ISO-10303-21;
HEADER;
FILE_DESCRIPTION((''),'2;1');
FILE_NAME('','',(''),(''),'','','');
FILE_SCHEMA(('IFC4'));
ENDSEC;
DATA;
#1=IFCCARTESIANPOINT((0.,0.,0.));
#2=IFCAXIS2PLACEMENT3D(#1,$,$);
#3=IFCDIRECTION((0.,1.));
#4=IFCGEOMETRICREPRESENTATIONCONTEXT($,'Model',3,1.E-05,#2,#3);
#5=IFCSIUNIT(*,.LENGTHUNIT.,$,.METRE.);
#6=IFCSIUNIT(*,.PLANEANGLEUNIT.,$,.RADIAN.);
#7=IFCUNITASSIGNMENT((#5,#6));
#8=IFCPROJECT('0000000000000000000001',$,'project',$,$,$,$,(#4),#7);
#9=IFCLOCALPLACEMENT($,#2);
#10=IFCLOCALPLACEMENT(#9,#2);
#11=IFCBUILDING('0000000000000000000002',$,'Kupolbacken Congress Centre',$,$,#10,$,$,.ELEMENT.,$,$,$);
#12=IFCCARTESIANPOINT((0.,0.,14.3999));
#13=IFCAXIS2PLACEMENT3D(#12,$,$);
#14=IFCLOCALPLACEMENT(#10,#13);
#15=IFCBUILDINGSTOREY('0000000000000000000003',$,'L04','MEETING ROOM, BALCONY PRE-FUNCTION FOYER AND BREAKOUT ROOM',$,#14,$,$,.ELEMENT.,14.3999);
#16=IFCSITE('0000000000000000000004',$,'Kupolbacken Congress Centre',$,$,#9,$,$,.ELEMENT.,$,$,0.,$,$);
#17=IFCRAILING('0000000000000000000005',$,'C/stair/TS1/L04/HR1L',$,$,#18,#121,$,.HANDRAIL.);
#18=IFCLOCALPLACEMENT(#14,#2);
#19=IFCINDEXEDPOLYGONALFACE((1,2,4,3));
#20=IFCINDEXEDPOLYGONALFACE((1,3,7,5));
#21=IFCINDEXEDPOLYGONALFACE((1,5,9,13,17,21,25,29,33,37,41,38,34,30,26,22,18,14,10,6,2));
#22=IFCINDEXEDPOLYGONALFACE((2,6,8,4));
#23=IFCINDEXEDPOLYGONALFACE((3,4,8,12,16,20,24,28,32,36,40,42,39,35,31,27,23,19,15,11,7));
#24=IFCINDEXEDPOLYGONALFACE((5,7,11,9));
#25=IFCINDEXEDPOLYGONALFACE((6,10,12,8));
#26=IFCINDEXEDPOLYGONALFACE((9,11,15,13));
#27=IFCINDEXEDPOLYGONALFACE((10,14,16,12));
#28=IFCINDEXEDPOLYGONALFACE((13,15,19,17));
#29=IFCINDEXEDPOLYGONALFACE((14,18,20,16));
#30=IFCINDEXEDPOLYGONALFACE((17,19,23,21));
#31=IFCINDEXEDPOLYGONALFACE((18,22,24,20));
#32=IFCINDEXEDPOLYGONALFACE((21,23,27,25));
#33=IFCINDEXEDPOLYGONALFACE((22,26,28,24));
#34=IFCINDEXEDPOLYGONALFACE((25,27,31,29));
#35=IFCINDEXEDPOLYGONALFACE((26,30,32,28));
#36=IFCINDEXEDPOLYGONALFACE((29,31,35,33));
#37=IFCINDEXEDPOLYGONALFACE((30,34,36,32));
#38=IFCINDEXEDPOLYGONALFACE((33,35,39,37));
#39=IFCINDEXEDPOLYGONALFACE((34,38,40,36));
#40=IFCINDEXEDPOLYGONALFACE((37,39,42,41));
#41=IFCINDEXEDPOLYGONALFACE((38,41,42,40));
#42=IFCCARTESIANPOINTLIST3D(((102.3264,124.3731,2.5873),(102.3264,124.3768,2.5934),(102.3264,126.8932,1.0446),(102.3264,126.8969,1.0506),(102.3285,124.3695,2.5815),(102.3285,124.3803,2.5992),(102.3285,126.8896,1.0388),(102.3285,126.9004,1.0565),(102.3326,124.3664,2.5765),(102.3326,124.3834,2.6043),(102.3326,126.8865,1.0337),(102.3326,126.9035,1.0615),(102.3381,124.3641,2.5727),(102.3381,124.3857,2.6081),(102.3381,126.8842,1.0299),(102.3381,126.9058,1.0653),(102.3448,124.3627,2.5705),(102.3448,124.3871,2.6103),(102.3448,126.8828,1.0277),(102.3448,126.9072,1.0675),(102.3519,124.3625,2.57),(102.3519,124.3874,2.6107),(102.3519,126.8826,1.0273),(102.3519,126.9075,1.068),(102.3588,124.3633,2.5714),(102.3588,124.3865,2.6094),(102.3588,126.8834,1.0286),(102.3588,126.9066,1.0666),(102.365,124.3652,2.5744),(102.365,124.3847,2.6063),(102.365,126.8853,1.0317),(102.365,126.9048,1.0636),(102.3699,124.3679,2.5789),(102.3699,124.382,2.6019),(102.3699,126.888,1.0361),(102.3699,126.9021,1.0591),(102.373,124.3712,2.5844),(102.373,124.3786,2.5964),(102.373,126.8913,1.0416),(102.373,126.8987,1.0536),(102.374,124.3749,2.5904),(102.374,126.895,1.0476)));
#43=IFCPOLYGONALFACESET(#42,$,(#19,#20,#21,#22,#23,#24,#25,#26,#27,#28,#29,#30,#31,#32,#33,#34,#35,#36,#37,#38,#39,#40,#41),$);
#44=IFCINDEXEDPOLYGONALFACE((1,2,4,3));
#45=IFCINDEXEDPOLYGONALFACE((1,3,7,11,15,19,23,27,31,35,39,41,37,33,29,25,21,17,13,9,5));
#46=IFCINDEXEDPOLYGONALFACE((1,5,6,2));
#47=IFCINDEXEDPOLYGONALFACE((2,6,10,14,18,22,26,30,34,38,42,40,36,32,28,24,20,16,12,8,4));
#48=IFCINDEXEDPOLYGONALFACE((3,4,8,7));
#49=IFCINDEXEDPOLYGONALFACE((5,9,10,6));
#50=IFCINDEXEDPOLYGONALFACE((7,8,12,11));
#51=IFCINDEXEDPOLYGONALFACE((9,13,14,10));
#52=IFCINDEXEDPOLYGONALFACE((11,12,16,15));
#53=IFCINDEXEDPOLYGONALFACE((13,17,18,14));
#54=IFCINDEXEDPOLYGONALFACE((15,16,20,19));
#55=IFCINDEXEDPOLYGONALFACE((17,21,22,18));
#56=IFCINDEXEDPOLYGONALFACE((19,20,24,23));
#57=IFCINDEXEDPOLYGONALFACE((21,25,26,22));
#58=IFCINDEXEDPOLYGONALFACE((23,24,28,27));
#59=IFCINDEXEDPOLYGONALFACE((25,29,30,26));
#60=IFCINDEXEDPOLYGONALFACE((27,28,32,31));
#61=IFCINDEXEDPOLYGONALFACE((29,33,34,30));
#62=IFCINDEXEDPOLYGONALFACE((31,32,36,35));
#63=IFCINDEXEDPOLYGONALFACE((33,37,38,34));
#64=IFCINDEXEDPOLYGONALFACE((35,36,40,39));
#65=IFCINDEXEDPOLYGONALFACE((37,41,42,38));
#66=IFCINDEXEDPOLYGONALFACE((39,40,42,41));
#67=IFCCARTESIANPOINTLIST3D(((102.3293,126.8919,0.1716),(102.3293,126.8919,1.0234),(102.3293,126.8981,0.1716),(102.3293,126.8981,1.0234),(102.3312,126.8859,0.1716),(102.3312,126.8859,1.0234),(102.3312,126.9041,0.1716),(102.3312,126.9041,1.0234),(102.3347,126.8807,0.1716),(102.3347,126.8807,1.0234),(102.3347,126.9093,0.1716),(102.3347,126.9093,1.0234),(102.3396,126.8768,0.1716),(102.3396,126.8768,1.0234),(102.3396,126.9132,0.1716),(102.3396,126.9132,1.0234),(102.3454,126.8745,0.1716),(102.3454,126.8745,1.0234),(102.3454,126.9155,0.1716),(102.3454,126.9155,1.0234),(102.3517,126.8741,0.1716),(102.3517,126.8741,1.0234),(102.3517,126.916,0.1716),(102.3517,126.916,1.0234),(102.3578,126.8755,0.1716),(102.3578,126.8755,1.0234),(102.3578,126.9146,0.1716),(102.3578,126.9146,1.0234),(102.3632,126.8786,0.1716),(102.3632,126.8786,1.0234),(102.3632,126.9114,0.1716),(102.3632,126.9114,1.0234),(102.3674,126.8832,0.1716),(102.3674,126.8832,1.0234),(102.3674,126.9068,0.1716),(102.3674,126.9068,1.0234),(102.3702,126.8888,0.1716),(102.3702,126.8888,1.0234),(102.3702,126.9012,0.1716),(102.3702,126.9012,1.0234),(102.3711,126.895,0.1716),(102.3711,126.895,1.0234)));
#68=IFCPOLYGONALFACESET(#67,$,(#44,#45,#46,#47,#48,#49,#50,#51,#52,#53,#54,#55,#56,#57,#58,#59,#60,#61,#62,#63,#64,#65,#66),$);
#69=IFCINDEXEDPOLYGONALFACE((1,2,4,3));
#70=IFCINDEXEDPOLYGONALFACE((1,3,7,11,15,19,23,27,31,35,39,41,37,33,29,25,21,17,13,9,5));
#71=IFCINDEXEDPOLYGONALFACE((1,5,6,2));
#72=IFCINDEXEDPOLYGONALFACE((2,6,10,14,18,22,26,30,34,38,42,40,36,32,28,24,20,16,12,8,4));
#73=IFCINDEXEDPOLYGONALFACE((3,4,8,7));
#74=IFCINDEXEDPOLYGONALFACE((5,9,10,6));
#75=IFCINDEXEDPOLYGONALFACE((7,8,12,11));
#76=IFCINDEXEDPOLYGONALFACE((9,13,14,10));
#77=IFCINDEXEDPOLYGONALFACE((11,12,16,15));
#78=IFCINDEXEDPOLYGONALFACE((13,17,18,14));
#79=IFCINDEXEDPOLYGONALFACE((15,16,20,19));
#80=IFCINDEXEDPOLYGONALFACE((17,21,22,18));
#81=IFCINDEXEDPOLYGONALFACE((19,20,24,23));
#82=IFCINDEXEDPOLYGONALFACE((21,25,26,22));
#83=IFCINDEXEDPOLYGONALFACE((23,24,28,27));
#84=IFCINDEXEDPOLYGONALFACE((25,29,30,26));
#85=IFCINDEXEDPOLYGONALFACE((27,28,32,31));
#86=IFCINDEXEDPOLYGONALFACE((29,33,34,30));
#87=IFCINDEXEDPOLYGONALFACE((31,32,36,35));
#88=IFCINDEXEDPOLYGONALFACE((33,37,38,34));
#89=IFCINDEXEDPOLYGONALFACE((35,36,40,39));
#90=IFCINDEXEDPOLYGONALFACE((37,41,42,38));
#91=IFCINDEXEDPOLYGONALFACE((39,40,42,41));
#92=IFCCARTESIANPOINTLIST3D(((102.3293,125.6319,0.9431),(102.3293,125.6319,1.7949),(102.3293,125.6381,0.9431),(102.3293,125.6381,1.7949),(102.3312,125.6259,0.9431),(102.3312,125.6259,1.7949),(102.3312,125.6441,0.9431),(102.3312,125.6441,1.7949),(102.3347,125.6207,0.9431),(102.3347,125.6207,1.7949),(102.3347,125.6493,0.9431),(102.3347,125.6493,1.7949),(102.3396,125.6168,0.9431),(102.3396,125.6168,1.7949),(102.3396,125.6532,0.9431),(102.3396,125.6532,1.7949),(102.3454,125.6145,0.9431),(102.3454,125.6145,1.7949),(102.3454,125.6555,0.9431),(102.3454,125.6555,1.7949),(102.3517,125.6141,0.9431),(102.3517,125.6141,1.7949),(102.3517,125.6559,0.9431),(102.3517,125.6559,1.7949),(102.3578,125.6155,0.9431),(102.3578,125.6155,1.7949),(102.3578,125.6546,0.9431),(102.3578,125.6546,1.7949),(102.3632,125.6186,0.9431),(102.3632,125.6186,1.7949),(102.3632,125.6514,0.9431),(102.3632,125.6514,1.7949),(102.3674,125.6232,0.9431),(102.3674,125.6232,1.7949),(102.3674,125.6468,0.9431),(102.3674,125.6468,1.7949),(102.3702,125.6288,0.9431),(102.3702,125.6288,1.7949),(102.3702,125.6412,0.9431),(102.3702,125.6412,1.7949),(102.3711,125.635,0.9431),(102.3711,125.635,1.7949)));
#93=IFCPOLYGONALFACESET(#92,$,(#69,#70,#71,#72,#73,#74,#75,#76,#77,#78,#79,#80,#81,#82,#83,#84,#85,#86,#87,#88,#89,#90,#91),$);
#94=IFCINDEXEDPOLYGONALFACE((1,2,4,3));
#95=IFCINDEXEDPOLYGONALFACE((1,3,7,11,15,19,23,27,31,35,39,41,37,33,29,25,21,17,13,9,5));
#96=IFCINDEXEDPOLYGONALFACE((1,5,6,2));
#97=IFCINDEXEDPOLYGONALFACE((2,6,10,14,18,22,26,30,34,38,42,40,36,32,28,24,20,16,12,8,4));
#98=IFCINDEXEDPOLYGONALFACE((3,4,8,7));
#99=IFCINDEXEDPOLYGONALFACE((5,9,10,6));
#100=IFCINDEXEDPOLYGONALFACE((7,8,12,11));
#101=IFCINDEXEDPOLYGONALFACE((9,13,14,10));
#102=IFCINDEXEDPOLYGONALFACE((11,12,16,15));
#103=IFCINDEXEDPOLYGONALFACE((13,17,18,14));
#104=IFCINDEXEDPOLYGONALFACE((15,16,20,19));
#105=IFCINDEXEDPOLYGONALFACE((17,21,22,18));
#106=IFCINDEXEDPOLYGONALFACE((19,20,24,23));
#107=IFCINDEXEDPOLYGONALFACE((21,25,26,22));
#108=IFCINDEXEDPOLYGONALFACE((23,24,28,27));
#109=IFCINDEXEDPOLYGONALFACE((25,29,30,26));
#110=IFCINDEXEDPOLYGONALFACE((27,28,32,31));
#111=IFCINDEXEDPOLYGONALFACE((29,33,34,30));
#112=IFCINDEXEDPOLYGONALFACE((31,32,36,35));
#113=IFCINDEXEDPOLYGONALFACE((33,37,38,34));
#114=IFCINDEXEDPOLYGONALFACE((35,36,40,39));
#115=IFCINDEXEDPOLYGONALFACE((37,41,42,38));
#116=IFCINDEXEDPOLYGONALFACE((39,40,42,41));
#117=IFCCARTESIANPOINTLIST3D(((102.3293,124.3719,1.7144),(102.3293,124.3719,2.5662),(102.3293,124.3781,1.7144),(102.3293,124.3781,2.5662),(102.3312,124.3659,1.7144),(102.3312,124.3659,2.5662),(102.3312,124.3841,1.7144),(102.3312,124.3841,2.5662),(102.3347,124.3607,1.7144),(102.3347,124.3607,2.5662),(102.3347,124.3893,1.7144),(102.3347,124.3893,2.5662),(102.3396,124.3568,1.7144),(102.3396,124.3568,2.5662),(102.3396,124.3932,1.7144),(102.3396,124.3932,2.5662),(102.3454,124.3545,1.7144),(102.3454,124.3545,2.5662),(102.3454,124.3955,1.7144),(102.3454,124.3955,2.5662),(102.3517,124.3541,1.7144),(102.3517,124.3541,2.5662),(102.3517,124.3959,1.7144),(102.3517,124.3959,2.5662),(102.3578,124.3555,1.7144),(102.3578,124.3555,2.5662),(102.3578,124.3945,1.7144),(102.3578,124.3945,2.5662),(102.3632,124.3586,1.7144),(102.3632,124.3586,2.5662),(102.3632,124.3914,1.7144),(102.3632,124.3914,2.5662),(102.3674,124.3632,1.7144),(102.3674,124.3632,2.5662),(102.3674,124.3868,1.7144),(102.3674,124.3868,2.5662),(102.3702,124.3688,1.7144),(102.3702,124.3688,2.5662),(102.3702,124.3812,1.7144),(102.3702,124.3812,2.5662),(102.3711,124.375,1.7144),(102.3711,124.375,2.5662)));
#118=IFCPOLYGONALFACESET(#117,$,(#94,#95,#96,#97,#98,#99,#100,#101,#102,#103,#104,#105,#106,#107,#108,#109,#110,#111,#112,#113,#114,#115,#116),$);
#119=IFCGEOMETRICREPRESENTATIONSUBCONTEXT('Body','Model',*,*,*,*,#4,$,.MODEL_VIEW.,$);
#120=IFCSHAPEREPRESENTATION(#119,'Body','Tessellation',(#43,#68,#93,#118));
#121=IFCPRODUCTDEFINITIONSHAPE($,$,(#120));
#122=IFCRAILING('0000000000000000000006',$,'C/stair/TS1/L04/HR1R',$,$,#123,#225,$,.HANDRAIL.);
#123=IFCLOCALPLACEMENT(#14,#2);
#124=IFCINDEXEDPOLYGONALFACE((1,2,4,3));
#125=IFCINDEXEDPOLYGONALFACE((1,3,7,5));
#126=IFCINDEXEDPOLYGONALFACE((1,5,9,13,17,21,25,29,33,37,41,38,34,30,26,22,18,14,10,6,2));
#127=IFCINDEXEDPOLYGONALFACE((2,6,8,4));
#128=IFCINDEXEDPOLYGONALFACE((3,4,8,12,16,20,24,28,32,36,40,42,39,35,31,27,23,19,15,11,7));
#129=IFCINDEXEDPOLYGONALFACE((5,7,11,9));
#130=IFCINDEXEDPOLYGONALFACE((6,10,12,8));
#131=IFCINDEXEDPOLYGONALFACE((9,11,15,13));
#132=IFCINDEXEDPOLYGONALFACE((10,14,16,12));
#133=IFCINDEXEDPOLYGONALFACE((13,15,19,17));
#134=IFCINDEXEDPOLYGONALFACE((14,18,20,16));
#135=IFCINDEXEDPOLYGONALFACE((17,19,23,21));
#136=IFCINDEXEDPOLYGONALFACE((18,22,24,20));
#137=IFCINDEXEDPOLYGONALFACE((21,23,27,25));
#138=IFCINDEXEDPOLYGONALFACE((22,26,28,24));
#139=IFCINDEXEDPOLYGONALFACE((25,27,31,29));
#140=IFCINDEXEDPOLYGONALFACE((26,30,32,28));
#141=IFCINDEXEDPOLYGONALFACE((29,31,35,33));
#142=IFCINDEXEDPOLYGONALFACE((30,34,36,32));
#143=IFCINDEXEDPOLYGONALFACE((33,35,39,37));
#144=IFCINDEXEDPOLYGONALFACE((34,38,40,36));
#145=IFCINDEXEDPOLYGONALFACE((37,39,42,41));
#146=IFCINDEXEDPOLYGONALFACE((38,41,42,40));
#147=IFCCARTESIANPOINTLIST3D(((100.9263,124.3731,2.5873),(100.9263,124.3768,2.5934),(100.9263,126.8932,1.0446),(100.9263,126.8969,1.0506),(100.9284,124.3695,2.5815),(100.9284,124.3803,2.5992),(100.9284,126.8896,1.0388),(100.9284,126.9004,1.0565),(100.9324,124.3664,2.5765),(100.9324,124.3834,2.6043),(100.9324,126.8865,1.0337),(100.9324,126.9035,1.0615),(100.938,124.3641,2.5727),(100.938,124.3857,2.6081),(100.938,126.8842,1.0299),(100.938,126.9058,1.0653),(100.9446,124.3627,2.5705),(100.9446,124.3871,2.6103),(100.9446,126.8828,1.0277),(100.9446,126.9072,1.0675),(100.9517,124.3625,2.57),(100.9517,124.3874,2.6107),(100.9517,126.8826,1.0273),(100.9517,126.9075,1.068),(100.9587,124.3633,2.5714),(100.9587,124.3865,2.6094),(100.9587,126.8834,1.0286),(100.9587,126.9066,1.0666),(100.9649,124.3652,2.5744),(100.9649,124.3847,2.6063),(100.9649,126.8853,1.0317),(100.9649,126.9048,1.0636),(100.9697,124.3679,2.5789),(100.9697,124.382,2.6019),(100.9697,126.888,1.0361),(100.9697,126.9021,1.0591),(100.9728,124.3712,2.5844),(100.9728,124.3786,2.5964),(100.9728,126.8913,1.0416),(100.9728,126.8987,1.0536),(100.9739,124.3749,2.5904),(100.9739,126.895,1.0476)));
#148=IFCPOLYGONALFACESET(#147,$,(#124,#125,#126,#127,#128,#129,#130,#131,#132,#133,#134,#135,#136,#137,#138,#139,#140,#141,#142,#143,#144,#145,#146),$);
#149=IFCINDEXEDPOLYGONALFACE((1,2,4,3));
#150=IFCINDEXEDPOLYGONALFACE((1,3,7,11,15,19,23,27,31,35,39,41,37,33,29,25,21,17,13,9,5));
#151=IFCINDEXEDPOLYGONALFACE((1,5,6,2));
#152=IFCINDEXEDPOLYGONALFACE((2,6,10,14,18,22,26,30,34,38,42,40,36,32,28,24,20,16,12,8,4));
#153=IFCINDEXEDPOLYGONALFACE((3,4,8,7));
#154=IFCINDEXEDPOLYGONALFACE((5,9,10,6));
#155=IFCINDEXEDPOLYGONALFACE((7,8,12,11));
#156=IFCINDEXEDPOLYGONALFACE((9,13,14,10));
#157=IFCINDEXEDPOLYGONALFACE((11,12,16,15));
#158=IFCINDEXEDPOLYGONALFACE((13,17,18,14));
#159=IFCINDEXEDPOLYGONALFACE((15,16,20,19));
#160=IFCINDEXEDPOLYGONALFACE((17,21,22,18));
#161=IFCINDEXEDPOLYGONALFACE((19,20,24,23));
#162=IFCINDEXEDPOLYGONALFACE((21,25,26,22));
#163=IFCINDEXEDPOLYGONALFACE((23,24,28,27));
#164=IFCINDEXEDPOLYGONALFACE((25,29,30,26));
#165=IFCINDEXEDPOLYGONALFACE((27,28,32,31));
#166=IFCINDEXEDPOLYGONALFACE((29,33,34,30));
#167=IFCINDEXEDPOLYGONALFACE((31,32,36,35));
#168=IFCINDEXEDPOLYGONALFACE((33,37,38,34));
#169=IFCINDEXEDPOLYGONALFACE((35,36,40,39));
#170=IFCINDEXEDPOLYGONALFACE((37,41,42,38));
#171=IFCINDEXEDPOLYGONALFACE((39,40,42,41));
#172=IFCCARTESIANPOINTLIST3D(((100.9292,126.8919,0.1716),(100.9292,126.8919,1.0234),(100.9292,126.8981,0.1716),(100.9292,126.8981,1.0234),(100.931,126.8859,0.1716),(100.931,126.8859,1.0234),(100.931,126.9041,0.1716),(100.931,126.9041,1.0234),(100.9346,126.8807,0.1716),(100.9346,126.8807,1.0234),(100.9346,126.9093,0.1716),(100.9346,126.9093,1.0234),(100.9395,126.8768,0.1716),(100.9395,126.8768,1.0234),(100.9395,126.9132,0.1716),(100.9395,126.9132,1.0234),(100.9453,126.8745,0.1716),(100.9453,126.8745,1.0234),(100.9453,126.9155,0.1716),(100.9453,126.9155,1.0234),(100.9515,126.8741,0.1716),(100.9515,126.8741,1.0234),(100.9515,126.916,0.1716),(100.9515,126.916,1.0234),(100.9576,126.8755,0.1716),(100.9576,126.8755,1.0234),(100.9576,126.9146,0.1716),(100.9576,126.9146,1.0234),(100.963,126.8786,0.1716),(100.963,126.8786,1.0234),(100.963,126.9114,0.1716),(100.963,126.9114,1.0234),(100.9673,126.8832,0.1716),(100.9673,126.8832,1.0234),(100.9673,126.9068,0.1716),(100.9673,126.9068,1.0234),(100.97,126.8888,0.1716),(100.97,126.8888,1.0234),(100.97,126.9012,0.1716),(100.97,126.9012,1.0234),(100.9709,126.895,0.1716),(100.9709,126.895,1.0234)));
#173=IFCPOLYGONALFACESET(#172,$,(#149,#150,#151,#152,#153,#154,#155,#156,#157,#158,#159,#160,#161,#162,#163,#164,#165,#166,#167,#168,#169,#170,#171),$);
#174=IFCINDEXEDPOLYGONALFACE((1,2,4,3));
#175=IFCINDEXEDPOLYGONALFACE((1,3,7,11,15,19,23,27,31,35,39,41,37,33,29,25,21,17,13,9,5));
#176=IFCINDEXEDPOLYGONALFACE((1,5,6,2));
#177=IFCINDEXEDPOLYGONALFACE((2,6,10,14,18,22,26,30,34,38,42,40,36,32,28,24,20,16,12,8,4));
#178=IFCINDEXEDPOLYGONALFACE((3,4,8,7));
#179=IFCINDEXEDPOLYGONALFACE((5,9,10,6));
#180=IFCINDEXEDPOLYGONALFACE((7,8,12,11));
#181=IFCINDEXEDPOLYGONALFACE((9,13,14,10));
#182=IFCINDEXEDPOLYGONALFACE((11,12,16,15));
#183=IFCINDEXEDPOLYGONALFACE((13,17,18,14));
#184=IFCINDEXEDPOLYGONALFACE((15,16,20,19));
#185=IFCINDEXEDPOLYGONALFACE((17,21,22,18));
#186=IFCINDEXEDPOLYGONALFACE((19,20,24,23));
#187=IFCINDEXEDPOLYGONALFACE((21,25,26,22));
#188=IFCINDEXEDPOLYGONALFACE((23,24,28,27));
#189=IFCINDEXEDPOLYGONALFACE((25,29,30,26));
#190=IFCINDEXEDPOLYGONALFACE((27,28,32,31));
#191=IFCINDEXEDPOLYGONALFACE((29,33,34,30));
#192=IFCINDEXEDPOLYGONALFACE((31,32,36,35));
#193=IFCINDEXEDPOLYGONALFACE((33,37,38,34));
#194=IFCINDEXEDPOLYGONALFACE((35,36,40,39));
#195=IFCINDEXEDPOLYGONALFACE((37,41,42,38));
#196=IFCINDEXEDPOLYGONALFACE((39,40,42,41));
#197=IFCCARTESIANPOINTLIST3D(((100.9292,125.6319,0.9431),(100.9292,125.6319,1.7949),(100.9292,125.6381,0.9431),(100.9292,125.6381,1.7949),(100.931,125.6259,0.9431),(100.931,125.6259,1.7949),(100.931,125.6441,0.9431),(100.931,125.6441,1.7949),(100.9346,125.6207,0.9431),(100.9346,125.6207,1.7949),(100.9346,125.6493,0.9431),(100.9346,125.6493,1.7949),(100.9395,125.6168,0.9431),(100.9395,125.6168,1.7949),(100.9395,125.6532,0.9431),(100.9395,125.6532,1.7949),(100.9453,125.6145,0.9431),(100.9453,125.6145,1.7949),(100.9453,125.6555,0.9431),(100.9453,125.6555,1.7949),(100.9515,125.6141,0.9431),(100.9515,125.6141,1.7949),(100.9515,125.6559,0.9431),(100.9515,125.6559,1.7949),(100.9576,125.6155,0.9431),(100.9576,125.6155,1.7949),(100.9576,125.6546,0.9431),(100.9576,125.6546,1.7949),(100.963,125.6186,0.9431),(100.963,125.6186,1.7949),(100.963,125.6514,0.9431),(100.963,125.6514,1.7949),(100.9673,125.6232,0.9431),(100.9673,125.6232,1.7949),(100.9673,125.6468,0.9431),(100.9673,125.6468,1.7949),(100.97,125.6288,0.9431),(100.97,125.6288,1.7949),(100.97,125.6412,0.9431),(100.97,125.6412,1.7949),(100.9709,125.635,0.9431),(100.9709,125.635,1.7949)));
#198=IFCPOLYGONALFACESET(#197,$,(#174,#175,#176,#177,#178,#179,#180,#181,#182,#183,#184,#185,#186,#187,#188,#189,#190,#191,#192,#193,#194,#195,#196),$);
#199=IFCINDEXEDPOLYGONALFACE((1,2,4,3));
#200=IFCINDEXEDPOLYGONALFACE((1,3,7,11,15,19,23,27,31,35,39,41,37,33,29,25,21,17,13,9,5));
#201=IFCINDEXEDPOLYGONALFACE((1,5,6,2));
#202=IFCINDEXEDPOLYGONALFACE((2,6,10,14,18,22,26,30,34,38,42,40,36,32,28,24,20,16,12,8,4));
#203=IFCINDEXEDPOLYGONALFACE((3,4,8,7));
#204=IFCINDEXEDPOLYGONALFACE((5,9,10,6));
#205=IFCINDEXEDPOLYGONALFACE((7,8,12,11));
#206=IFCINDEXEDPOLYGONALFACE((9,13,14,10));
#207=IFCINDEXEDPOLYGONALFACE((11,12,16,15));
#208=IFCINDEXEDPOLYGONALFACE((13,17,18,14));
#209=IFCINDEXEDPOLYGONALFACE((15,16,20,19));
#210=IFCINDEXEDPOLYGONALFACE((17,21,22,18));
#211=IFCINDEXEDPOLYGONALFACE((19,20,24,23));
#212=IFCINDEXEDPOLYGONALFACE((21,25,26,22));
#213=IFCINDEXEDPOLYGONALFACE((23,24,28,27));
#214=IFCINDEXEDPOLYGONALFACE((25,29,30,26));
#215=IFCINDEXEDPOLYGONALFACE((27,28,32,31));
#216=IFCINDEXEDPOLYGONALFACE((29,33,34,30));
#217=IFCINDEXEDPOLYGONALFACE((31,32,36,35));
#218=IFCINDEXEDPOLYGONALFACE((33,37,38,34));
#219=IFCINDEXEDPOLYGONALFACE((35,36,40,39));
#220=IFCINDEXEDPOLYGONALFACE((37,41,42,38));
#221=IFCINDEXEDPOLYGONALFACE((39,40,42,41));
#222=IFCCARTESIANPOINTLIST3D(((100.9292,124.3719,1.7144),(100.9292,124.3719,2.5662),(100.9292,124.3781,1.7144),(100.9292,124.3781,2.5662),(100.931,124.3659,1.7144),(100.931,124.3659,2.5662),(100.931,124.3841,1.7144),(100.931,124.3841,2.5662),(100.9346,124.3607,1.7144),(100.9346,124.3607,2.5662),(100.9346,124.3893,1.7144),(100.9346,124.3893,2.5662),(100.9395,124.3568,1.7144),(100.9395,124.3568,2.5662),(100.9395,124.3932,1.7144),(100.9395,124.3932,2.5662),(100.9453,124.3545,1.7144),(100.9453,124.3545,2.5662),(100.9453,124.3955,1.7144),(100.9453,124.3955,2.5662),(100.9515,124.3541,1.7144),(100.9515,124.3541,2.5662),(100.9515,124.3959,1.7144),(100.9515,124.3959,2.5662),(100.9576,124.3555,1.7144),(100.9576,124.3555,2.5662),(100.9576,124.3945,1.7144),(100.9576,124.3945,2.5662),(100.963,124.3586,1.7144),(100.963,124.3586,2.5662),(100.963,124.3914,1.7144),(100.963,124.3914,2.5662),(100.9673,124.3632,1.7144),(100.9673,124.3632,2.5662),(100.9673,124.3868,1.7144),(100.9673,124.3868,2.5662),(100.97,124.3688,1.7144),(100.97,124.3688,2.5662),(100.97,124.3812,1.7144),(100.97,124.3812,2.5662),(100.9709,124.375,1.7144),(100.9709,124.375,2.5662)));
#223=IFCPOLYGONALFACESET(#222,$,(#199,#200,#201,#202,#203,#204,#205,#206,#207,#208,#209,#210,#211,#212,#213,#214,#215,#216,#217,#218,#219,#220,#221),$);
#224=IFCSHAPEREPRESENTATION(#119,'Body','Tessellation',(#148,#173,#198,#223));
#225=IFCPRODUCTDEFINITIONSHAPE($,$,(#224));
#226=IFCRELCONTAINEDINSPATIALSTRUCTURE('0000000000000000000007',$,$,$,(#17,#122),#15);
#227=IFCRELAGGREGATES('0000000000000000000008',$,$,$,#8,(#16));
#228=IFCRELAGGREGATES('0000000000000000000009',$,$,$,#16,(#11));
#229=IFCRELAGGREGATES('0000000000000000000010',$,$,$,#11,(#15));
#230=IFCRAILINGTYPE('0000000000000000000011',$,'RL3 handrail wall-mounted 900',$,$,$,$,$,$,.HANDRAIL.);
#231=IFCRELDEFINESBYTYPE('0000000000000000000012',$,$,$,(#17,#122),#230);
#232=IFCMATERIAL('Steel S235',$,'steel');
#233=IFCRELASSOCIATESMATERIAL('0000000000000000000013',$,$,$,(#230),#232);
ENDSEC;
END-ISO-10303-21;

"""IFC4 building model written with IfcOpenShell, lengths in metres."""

from ifc_helpers import new_model, si_unit, direction, frame, origin, origin_2d, place, context, subcontext, project, spatial, circle, extrude, material, type_object, element, save


model = new_model("IFC4")

# Units and contexts
model_context = context("Model", 3, precision=1e-05, world=origin(), true_north=direction((0.0, 1.0)))
body_context = subcontext(model_context, "Body", "Model", "MODEL_VIEW")
ifc_project = project(units=[si_unit("LENGTHUNIT", "METRE"), si_unit("PLANEANGLEUNIT", "RADIAN")], contexts=[model_context])

# Site, building, storey
site_placement = place(None, origin())
site = spatial("IfcSite", under=ifc_project, at=site_placement, Name="Kupolbacken Congress Centre", CompositionType="ELEMENT", RefElevation=0.0)
building_placement = place(site_placement, origin())
building = spatial("IfcBuilding", under=site, at=building_placement, Name="Kupolbacken Congress Centre", CompositionType="ELEMENT")
storey_placement = place(building_placement, frame((0.0, 0.0, 14.3999)))
storey = spatial("IfcBuildingStorey", under=building, at=storey_placement, Name="L04", Description="MEETING ROOM, BALCONY PRE-FUNCTION FOYER AND BREAKOUT ROOM", CompositionType="ELEMENT", Elevation=14.3999)

# Railings
ifc_material_1 = material(Name="Steel S235", Category="steel")
railing_type = type_object("IfcRailingType", Name="RL3 handrail wall-mounted 900", PredefinedType="HANDRAIL", material=ifc_material_1)
for number, where, name in (
    (1, (102.3501, 126.895, 0.1716), "C/stair/TS1/L04/HR1L"),
    (2, (100.95, 126.895, 0.1716), "C/stair/TS1/L04/HR1R"),
):
    element("IfcRailing", number, at=place(storey_placement, frame(where)), inside=storey, type_object=railing_type, Name=name, PredefinedType="HANDRAIL", context=body_context, shape_type="SweptSolid", body=[
        extrude(circle(Radius=0.0239, at=origin_2d()), frame((0.0, 0.0, 0.876), z_axis=(0.0, -0.852873, 0.522118), x_axis=(1.0, 0.0, 0.0)), (0.0, 0.0, 1.0), 2.9548),
        extrude(circle(Radius=0.021, at=origin_2d()), origin(), (0.0, 0.0, 1.0), 0.8518),
        extrude(circle(Radius=0.021, at=origin_2d()), frame((0.0, -1.26, 0.7715)), (0.0, 0.0, 1.0), 0.8518),
        extrude(circle(Radius=0.021, at=origin_2d()), frame((0.0, -2.52, 1.5427)), (0.0, 0.0, 1.0), 0.8518),
    ])

save(model, "model.ifc")
